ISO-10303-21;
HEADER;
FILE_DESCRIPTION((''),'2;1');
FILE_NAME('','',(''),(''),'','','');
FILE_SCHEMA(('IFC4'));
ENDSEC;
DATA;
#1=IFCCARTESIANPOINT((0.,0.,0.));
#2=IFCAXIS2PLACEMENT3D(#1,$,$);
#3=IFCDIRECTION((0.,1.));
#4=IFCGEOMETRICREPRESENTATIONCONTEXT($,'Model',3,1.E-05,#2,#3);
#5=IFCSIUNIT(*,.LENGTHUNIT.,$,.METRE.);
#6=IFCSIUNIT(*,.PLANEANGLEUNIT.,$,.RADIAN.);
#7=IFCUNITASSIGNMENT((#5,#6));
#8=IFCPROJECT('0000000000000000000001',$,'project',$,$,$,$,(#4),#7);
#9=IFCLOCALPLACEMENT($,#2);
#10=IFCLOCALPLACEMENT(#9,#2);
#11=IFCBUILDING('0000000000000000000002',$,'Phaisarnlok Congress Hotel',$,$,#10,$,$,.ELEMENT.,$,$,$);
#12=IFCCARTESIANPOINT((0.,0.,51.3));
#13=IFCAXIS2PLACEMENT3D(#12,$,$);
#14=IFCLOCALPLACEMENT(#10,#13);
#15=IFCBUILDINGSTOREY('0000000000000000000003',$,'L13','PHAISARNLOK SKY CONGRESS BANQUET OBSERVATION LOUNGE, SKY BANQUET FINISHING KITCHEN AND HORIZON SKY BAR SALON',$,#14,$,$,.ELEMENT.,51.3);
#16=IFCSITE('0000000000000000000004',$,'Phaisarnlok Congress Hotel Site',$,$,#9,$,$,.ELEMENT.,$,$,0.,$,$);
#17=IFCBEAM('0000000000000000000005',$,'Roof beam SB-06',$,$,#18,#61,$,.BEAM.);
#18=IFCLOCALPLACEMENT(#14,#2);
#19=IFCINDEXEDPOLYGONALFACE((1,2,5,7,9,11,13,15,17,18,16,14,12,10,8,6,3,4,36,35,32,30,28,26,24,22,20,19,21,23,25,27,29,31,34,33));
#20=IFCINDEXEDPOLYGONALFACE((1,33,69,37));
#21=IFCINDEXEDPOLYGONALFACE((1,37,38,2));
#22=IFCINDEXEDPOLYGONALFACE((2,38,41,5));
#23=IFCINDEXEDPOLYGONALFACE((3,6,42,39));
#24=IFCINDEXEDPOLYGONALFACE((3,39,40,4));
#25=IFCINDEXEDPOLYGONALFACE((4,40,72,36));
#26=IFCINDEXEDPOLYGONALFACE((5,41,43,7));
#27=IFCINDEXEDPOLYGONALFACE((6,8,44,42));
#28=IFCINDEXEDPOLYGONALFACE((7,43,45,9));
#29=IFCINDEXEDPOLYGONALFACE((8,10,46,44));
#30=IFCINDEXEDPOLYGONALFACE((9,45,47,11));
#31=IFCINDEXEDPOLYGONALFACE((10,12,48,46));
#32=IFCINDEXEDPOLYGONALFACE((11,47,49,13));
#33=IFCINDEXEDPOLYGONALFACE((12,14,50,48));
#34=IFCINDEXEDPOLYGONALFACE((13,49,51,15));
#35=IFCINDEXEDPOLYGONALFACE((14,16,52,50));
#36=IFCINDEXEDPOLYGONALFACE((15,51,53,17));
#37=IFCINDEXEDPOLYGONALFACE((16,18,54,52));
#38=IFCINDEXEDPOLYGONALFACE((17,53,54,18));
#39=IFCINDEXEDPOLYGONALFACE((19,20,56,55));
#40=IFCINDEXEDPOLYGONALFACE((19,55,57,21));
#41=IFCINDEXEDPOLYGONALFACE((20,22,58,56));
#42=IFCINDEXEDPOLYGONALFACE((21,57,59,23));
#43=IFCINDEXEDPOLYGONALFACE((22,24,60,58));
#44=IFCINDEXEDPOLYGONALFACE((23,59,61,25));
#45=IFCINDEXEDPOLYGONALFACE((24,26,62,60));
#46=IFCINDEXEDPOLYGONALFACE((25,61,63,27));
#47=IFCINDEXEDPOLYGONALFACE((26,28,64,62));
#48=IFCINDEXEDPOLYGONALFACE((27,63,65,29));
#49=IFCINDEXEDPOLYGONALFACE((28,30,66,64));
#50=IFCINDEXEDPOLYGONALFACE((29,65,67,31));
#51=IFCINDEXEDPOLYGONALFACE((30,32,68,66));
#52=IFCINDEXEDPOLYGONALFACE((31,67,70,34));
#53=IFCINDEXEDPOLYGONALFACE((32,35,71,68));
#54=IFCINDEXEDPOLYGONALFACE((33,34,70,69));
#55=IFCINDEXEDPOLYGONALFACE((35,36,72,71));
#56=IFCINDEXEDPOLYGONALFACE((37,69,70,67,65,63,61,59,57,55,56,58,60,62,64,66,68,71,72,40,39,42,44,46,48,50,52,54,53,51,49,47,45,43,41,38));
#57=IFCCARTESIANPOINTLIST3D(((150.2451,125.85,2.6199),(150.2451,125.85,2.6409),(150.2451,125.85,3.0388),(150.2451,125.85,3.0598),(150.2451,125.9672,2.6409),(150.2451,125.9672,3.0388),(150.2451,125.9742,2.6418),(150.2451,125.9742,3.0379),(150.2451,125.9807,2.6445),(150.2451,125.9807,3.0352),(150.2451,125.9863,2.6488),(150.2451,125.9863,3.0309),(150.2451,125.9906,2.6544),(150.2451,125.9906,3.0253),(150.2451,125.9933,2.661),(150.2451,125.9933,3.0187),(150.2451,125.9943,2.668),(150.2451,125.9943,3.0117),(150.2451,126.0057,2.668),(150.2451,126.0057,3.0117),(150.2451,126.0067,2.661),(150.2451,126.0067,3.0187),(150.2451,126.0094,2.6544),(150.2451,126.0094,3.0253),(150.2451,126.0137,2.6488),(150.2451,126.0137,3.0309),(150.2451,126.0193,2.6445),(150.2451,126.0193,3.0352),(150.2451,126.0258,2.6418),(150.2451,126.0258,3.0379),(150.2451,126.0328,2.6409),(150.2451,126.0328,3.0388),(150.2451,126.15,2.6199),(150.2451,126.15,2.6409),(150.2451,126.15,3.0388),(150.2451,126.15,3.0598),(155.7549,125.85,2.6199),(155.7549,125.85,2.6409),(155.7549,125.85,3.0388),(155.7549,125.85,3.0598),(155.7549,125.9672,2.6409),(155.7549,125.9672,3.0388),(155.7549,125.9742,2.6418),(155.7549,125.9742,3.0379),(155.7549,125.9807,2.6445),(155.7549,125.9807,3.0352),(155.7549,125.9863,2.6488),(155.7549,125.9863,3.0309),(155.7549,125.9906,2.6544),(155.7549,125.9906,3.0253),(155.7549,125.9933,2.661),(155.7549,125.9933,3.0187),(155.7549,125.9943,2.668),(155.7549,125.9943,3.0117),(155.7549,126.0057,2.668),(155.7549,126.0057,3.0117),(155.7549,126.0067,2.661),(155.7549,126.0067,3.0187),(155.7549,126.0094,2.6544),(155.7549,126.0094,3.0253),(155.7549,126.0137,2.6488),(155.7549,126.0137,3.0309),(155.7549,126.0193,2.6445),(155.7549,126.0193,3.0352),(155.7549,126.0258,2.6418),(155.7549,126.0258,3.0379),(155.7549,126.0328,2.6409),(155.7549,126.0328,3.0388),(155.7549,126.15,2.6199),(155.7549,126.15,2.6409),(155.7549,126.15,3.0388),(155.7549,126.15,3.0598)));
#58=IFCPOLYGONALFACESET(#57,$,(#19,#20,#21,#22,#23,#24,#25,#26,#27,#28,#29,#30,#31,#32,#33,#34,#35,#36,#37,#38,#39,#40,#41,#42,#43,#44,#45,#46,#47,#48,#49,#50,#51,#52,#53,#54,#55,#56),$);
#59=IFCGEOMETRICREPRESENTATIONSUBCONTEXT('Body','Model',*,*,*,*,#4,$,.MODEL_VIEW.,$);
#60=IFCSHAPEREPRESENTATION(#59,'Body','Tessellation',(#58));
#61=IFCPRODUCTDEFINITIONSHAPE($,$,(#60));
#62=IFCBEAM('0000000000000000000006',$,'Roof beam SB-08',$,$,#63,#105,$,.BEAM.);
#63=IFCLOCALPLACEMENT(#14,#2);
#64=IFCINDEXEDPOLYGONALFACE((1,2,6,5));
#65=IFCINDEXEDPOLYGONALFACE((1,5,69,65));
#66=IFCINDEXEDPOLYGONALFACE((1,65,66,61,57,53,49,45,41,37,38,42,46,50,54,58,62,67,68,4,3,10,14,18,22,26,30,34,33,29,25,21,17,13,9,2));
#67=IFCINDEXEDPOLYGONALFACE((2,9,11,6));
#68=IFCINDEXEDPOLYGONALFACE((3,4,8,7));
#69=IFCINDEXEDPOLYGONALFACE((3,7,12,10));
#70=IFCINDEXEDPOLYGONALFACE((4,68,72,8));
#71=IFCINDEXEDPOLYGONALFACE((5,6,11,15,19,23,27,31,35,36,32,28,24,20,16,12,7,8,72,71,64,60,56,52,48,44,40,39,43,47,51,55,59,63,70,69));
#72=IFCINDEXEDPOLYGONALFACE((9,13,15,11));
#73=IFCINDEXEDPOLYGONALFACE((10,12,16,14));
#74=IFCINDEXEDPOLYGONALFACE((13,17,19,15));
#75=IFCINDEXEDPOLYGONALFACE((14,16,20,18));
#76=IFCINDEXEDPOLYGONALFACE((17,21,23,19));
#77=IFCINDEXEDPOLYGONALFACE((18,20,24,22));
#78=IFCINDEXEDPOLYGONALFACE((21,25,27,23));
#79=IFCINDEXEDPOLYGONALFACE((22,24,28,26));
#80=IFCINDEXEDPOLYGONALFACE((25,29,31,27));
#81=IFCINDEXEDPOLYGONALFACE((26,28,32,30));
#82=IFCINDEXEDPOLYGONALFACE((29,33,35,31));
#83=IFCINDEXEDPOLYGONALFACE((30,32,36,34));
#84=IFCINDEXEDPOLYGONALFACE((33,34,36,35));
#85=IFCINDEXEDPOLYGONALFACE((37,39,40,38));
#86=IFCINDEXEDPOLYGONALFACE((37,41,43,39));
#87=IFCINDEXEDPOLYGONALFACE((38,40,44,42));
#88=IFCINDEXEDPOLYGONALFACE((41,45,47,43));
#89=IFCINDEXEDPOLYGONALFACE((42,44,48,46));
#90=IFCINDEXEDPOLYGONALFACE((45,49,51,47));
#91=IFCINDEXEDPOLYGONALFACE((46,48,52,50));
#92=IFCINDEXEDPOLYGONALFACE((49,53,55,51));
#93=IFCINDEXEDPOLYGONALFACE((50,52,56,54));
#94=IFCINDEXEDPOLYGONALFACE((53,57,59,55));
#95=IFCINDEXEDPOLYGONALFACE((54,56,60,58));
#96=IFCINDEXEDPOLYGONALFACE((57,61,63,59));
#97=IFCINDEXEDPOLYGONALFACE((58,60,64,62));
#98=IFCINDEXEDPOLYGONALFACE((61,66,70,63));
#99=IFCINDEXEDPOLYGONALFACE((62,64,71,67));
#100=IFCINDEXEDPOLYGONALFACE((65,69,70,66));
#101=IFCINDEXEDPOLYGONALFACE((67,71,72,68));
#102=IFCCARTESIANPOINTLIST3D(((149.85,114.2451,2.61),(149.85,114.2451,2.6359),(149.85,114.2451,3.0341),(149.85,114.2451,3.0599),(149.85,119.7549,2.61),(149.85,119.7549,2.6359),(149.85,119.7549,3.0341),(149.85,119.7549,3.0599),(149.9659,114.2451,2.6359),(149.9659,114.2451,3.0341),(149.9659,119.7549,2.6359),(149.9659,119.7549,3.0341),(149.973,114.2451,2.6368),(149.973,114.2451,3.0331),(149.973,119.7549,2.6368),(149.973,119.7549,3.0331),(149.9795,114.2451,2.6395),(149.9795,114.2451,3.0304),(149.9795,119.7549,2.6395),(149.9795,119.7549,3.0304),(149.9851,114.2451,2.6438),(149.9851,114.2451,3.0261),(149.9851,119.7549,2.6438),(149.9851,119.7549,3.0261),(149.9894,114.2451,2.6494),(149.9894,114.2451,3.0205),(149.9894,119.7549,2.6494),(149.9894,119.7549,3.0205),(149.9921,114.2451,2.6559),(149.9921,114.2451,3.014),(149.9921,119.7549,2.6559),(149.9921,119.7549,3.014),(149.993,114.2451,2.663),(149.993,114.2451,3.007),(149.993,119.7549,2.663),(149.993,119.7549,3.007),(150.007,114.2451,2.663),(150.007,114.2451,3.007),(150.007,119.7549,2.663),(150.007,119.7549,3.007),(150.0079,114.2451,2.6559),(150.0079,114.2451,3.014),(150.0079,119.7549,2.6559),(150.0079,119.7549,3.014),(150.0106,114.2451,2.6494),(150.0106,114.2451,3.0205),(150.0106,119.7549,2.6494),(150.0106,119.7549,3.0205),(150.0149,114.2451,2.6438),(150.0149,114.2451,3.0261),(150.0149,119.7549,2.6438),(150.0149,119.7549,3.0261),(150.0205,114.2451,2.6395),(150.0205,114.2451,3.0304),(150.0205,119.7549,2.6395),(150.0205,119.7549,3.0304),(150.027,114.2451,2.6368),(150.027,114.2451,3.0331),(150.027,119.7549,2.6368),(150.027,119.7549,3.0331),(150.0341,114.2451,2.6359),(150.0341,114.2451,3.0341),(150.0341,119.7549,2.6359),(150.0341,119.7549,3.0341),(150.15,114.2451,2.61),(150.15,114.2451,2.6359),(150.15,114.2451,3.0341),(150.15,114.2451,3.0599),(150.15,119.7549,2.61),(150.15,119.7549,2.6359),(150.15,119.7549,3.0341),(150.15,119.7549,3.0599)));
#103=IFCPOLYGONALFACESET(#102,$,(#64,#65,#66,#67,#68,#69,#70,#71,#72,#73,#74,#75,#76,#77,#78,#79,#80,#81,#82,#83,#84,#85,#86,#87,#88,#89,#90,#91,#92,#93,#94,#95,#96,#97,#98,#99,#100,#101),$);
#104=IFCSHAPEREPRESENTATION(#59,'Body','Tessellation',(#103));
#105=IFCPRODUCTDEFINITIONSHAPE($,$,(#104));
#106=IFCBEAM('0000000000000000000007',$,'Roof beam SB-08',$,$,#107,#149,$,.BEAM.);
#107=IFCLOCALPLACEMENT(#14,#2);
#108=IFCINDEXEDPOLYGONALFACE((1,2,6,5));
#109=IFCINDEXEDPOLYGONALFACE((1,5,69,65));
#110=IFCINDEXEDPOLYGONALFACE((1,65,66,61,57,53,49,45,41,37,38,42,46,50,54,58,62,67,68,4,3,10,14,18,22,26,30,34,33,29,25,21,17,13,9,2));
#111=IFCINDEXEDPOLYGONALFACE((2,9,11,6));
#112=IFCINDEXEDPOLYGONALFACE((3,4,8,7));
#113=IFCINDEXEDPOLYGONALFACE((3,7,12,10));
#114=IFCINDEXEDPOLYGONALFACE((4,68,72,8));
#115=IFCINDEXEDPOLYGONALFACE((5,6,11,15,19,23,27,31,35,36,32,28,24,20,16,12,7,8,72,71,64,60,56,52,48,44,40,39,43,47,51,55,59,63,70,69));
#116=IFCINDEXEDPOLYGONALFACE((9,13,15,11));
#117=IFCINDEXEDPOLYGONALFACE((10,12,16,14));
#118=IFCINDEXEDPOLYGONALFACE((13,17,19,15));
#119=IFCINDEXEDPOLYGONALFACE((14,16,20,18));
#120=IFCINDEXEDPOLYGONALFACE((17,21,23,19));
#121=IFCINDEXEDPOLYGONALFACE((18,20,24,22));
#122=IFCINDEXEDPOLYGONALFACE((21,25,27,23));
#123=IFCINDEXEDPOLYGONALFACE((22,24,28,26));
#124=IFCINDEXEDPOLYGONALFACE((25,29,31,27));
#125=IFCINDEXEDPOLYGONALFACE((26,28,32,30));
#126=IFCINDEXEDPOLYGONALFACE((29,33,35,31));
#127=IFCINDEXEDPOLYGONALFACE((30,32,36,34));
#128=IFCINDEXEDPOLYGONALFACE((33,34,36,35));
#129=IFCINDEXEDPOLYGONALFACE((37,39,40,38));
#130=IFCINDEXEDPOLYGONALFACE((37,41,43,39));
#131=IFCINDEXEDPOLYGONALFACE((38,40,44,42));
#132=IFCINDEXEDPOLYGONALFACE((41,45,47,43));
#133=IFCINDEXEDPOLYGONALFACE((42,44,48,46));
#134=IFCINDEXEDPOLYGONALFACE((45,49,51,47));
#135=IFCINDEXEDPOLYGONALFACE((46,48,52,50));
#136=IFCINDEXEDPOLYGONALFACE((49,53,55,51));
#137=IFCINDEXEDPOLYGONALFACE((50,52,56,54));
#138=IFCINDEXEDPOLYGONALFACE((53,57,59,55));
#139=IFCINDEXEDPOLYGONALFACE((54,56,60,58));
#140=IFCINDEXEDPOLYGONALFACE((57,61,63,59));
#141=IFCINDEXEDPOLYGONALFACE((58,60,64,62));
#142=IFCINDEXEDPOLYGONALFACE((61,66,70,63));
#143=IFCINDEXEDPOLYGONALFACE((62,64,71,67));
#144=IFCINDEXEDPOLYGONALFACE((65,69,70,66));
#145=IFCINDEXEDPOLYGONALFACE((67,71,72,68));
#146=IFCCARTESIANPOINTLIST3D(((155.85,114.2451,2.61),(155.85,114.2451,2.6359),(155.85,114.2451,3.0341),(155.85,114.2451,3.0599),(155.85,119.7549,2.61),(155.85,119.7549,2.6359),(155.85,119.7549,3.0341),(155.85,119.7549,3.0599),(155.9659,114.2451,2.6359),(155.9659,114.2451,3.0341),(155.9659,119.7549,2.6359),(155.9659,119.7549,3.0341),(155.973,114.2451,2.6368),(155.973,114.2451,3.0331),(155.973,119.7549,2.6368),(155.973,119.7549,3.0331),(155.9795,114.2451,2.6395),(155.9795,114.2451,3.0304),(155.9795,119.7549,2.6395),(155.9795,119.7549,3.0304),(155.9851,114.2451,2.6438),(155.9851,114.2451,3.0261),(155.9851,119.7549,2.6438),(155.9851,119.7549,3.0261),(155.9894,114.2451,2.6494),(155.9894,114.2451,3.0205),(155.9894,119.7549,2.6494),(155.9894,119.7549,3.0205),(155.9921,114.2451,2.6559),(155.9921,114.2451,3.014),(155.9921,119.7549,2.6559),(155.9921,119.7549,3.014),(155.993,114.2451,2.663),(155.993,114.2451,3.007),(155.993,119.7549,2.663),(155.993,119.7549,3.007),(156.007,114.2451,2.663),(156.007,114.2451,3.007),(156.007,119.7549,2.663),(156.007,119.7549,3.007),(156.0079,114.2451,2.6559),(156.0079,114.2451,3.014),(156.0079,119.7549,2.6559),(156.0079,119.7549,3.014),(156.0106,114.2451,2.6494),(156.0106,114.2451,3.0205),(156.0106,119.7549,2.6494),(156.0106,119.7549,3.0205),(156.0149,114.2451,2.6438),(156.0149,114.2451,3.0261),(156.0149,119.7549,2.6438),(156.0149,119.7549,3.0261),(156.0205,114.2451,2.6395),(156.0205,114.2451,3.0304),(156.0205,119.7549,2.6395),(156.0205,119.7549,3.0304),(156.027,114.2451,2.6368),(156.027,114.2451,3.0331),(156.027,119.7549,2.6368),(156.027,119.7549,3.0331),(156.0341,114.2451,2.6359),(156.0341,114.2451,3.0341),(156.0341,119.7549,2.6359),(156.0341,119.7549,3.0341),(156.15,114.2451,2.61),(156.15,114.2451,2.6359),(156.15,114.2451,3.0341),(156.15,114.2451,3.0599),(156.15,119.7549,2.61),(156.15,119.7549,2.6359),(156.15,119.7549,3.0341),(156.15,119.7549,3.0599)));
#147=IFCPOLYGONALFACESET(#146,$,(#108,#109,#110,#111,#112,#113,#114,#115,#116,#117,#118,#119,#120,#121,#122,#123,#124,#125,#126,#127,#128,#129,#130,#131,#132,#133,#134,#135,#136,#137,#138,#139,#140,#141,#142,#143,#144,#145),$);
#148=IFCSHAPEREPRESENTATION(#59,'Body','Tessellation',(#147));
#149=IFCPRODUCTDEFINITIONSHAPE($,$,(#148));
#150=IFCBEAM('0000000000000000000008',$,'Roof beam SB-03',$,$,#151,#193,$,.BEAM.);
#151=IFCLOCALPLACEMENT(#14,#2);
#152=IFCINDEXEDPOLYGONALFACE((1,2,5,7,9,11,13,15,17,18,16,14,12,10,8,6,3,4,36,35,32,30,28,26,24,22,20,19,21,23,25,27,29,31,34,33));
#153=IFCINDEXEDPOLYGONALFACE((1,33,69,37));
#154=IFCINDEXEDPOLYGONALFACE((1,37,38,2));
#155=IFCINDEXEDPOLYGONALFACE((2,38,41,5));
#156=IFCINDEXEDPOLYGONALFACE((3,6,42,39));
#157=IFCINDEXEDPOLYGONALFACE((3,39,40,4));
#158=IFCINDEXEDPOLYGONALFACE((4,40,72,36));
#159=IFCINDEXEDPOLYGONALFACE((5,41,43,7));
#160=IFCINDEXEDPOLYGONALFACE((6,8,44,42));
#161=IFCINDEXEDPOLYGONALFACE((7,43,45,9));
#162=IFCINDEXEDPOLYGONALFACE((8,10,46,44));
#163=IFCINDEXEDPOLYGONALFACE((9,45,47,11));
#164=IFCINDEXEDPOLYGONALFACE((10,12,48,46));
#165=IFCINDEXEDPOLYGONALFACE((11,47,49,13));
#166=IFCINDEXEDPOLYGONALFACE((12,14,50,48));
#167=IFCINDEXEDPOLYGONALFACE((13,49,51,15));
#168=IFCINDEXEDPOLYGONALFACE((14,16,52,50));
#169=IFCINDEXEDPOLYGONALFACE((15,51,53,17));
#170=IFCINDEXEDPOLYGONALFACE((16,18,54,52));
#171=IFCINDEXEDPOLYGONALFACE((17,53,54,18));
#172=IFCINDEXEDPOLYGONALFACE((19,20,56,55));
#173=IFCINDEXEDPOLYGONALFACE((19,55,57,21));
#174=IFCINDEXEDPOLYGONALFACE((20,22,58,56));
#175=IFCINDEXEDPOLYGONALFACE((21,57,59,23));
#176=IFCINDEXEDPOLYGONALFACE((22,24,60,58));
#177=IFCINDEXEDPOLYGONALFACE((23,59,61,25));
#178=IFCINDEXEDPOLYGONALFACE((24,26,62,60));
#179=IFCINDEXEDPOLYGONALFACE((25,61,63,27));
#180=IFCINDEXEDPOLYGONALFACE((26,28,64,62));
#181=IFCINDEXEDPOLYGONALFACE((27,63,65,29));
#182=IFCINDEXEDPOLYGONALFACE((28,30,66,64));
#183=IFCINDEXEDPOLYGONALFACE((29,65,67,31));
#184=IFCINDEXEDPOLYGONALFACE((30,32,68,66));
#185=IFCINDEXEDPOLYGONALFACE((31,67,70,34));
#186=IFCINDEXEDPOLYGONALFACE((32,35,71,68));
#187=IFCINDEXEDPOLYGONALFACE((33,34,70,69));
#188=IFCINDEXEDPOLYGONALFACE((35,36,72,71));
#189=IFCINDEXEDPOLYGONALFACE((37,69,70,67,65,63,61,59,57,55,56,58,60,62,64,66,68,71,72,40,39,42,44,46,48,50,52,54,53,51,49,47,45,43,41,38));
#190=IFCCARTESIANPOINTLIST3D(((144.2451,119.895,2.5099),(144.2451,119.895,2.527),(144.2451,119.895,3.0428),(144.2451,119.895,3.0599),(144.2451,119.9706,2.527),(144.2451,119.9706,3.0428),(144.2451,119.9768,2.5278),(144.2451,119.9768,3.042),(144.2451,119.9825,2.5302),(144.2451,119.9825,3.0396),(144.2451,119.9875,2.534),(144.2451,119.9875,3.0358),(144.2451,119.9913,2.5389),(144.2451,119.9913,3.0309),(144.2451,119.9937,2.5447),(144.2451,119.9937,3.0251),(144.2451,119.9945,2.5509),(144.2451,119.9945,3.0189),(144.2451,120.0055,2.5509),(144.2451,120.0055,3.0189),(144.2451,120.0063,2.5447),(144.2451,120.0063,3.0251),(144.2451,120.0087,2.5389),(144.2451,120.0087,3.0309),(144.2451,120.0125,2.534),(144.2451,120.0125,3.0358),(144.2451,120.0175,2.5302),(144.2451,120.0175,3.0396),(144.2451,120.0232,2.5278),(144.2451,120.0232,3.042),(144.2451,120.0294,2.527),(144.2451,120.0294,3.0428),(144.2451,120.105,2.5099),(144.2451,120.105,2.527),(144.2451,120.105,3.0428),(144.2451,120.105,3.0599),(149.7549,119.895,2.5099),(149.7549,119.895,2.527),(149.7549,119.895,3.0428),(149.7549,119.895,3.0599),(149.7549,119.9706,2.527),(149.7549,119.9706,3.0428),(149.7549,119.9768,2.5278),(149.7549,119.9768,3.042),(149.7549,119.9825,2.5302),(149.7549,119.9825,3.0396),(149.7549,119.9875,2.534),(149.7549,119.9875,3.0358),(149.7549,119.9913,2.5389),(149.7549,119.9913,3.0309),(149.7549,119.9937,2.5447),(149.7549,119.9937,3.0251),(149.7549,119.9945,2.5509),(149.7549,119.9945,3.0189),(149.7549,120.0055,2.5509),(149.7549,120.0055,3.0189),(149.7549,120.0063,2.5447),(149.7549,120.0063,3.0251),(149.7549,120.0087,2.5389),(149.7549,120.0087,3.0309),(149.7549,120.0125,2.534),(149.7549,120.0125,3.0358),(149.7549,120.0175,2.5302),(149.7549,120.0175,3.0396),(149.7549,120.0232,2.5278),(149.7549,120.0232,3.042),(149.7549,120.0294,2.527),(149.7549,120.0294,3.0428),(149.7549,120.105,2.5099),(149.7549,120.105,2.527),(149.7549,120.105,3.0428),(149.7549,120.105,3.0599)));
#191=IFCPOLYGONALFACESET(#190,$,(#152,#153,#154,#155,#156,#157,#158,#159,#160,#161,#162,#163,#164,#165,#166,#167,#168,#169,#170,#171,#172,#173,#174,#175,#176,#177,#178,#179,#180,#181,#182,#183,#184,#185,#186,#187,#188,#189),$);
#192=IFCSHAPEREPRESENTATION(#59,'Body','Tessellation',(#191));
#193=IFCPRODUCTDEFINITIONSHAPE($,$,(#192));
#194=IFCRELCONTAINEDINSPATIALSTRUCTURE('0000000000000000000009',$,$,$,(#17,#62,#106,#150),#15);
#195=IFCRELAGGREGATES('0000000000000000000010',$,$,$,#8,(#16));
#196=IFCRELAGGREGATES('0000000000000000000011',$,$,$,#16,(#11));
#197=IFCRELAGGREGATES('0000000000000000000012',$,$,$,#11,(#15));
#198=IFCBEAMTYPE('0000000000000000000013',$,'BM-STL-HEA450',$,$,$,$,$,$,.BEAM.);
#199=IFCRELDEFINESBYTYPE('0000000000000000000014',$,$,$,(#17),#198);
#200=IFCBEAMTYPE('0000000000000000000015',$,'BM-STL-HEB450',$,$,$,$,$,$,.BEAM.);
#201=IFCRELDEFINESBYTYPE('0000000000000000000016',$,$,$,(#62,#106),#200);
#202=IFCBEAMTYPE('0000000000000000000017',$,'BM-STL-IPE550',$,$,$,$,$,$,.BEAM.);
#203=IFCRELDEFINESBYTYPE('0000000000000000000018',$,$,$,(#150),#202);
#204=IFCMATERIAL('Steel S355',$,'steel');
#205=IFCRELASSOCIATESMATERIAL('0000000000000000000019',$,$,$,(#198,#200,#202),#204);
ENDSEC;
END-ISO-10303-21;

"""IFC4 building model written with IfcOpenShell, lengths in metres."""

from ifc_helpers import new_model, si_unit, direction, frame, origin, origin_2d, place, context, subcontext, project, spatial, i_section, extrude, material, material_profile, profile_set, type_object, element, save


model = new_model("IFC4")

# Units and contexts
model_context = context("Model", 3, precision=1e-05, world=origin(), true_north=direction((0.0, 1.0)))
body_context = subcontext(model_context, "Body", "Model", "MODEL_VIEW")
ifc_project = project(units=[si_unit("LENGTHUNIT", "METRE"), si_unit("PLANEANGLEUNIT", "RADIAN")], contexts=[model_context])

# Site, building, storey
site_placement = place(None, origin())
site = spatial("IfcSite", under=ifc_project, at=site_placement, Name="Phaisarnlok Congress Hotel Site", CompositionType="ELEMENT", RefElevation=0.0)
building_placement = place(site_placement, origin())
building = spatial("IfcBuilding", under=site, at=building_placement, Name="Phaisarnlok Congress Hotel", CompositionType="ELEMENT")
storey_placement = place(building_placement, frame((0.0, 0.0, 51.3)))
storey = spatial("IfcBuildingStorey", under=building, at=storey_placement, Name="L13", Description="PHAISARNLOK SKY CONGRESS BANQUET OBSERVATION LOUNGE, SKY BANQUET FINISHING KITCHEN AND HORIZON SKY BAR SALON", CompositionType="ELEMENT", Elevation=51.3)

# Beams
ifc_material_1 = material(Name="Steel S355", Category="steel")
ifc_material_profile_1 = material_profile(ifc_material_1, i_section(OverallWidth=0.3, OverallDepth=0.4399, WebThickness=0.0115, FlangeThickness=0.021, FilletRadius=0.0271, at=origin_2d()), Name="HEA 450")
ifc_profile_set_1 = profile_set([ifc_material_profile_1], Name="Steel S355")
beam_type_1 = type_object("IfcBeamType", Name="BM-STL-HEA450", PredefinedType="BEAM", material=ifc_profile_set_1)
for number, where, z_axis, x_axis, name in (
    (1, (150.2451, 126.0, 2.8398), (1.0, 0.0, 0.0), (0.0, 1.0, 0.0), "Roof beam SB-06"),
):
    element("IfcBeam", number, at=place(storey_placement, frame(where, z_axis=z_axis, x_axis=x_axis)), inside=storey, type_object=beam_type_1, Name=name, PredefinedType="BEAM", context=body_context, shape_type="SweptSolid", body=[
        extrude(i_section(OverallWidth=0.3, OverallDepth=0.4399, WebThickness=0.0115, FlangeThickness=0.021, FilletRadius=0.0271, at=origin_2d()), origin(), (0.0, 0.0, 1.0), 5.5098),
    ])
ifc_material_profile_2 = material_profile(ifc_material_1, i_section(OverallWidth=0.3, OverallDepth=0.45, WebThickness=0.0139, FlangeThickness=0.0259, FilletRadius=0.0271, at=origin_2d()), Name="HEB 450")
ifc_profile_set_2 = profile_set([ifc_material_profile_2], Name="Steel S355")
beam_type_2 = type_object("IfcBeamType", Name="BM-STL-HEB450", PredefinedType="BEAM", material=ifc_profile_set_2)
for number, where, z_axis, x_axis, name in (
    (2, (150.0, 114.2451, 2.835), (0.0, 1.0, 0.0), (-1.0, 0.0, 0.0), "Roof beam SB-08"),
    (3, (156.0, 114.2451, 2.835), (0.0, 1.0, 0.0), (-1.0, 0.0, 0.0), "Roof beam SB-08"),
):
    element("IfcBeam", number, at=place(storey_placement, frame(where, z_axis=z_axis, x_axis=x_axis)), inside=storey, type_object=beam_type_2, Name=name, PredefinedType="BEAM", context=body_context, shape_type="SweptSolid", body=[
        extrude(i_section(OverallWidth=0.3, OverallDepth=0.45, WebThickness=0.0139, FlangeThickness=0.0259, FilletRadius=0.0271, at=origin_2d()), origin(), (0.0, 0.0, 1.0), 5.5098),
    ])
ifc_material_profile_3 = material_profile(ifc_material_1, i_section(OverallWidth=0.21, OverallDepth=0.55, WebThickness=0.011, FlangeThickness=0.0171, FilletRadius=0.0239, at=origin_2d()), Name="IPE 550")
ifc_profile_set_3 = profile_set([ifc_material_profile_3], Name="Steel S355")
beam_type_3 = type_object("IfcBeamType", Name="BM-STL-IPE550", PredefinedType="BEAM", material=ifc_profile_set_3)
for number, where, z_axis, x_axis, name in (
    (4, (144.2451, 120.0, 2.7849), (1.0, 0.0, 0.0), (0.0, 1.0, 0.0), "Roof beam SB-03"),
):
    element("IfcBeam", number, at=place(storey_placement, frame(where, z_axis=z_axis, x_axis=x_axis)), inside=storey, type_object=beam_type_3, Name=name, PredefinedType="BEAM", context=body_context, shape_type="SweptSolid", body=[
        extrude(i_section(OverallWidth=0.21, OverallDepth=0.55, WebThickness=0.011, FlangeThickness=0.0171, FilletRadius=0.0239, at=origin_2d()), origin(), (0.0, 0.0, 1.0), 5.5098),
    ])

save(model, "model.ifc")
